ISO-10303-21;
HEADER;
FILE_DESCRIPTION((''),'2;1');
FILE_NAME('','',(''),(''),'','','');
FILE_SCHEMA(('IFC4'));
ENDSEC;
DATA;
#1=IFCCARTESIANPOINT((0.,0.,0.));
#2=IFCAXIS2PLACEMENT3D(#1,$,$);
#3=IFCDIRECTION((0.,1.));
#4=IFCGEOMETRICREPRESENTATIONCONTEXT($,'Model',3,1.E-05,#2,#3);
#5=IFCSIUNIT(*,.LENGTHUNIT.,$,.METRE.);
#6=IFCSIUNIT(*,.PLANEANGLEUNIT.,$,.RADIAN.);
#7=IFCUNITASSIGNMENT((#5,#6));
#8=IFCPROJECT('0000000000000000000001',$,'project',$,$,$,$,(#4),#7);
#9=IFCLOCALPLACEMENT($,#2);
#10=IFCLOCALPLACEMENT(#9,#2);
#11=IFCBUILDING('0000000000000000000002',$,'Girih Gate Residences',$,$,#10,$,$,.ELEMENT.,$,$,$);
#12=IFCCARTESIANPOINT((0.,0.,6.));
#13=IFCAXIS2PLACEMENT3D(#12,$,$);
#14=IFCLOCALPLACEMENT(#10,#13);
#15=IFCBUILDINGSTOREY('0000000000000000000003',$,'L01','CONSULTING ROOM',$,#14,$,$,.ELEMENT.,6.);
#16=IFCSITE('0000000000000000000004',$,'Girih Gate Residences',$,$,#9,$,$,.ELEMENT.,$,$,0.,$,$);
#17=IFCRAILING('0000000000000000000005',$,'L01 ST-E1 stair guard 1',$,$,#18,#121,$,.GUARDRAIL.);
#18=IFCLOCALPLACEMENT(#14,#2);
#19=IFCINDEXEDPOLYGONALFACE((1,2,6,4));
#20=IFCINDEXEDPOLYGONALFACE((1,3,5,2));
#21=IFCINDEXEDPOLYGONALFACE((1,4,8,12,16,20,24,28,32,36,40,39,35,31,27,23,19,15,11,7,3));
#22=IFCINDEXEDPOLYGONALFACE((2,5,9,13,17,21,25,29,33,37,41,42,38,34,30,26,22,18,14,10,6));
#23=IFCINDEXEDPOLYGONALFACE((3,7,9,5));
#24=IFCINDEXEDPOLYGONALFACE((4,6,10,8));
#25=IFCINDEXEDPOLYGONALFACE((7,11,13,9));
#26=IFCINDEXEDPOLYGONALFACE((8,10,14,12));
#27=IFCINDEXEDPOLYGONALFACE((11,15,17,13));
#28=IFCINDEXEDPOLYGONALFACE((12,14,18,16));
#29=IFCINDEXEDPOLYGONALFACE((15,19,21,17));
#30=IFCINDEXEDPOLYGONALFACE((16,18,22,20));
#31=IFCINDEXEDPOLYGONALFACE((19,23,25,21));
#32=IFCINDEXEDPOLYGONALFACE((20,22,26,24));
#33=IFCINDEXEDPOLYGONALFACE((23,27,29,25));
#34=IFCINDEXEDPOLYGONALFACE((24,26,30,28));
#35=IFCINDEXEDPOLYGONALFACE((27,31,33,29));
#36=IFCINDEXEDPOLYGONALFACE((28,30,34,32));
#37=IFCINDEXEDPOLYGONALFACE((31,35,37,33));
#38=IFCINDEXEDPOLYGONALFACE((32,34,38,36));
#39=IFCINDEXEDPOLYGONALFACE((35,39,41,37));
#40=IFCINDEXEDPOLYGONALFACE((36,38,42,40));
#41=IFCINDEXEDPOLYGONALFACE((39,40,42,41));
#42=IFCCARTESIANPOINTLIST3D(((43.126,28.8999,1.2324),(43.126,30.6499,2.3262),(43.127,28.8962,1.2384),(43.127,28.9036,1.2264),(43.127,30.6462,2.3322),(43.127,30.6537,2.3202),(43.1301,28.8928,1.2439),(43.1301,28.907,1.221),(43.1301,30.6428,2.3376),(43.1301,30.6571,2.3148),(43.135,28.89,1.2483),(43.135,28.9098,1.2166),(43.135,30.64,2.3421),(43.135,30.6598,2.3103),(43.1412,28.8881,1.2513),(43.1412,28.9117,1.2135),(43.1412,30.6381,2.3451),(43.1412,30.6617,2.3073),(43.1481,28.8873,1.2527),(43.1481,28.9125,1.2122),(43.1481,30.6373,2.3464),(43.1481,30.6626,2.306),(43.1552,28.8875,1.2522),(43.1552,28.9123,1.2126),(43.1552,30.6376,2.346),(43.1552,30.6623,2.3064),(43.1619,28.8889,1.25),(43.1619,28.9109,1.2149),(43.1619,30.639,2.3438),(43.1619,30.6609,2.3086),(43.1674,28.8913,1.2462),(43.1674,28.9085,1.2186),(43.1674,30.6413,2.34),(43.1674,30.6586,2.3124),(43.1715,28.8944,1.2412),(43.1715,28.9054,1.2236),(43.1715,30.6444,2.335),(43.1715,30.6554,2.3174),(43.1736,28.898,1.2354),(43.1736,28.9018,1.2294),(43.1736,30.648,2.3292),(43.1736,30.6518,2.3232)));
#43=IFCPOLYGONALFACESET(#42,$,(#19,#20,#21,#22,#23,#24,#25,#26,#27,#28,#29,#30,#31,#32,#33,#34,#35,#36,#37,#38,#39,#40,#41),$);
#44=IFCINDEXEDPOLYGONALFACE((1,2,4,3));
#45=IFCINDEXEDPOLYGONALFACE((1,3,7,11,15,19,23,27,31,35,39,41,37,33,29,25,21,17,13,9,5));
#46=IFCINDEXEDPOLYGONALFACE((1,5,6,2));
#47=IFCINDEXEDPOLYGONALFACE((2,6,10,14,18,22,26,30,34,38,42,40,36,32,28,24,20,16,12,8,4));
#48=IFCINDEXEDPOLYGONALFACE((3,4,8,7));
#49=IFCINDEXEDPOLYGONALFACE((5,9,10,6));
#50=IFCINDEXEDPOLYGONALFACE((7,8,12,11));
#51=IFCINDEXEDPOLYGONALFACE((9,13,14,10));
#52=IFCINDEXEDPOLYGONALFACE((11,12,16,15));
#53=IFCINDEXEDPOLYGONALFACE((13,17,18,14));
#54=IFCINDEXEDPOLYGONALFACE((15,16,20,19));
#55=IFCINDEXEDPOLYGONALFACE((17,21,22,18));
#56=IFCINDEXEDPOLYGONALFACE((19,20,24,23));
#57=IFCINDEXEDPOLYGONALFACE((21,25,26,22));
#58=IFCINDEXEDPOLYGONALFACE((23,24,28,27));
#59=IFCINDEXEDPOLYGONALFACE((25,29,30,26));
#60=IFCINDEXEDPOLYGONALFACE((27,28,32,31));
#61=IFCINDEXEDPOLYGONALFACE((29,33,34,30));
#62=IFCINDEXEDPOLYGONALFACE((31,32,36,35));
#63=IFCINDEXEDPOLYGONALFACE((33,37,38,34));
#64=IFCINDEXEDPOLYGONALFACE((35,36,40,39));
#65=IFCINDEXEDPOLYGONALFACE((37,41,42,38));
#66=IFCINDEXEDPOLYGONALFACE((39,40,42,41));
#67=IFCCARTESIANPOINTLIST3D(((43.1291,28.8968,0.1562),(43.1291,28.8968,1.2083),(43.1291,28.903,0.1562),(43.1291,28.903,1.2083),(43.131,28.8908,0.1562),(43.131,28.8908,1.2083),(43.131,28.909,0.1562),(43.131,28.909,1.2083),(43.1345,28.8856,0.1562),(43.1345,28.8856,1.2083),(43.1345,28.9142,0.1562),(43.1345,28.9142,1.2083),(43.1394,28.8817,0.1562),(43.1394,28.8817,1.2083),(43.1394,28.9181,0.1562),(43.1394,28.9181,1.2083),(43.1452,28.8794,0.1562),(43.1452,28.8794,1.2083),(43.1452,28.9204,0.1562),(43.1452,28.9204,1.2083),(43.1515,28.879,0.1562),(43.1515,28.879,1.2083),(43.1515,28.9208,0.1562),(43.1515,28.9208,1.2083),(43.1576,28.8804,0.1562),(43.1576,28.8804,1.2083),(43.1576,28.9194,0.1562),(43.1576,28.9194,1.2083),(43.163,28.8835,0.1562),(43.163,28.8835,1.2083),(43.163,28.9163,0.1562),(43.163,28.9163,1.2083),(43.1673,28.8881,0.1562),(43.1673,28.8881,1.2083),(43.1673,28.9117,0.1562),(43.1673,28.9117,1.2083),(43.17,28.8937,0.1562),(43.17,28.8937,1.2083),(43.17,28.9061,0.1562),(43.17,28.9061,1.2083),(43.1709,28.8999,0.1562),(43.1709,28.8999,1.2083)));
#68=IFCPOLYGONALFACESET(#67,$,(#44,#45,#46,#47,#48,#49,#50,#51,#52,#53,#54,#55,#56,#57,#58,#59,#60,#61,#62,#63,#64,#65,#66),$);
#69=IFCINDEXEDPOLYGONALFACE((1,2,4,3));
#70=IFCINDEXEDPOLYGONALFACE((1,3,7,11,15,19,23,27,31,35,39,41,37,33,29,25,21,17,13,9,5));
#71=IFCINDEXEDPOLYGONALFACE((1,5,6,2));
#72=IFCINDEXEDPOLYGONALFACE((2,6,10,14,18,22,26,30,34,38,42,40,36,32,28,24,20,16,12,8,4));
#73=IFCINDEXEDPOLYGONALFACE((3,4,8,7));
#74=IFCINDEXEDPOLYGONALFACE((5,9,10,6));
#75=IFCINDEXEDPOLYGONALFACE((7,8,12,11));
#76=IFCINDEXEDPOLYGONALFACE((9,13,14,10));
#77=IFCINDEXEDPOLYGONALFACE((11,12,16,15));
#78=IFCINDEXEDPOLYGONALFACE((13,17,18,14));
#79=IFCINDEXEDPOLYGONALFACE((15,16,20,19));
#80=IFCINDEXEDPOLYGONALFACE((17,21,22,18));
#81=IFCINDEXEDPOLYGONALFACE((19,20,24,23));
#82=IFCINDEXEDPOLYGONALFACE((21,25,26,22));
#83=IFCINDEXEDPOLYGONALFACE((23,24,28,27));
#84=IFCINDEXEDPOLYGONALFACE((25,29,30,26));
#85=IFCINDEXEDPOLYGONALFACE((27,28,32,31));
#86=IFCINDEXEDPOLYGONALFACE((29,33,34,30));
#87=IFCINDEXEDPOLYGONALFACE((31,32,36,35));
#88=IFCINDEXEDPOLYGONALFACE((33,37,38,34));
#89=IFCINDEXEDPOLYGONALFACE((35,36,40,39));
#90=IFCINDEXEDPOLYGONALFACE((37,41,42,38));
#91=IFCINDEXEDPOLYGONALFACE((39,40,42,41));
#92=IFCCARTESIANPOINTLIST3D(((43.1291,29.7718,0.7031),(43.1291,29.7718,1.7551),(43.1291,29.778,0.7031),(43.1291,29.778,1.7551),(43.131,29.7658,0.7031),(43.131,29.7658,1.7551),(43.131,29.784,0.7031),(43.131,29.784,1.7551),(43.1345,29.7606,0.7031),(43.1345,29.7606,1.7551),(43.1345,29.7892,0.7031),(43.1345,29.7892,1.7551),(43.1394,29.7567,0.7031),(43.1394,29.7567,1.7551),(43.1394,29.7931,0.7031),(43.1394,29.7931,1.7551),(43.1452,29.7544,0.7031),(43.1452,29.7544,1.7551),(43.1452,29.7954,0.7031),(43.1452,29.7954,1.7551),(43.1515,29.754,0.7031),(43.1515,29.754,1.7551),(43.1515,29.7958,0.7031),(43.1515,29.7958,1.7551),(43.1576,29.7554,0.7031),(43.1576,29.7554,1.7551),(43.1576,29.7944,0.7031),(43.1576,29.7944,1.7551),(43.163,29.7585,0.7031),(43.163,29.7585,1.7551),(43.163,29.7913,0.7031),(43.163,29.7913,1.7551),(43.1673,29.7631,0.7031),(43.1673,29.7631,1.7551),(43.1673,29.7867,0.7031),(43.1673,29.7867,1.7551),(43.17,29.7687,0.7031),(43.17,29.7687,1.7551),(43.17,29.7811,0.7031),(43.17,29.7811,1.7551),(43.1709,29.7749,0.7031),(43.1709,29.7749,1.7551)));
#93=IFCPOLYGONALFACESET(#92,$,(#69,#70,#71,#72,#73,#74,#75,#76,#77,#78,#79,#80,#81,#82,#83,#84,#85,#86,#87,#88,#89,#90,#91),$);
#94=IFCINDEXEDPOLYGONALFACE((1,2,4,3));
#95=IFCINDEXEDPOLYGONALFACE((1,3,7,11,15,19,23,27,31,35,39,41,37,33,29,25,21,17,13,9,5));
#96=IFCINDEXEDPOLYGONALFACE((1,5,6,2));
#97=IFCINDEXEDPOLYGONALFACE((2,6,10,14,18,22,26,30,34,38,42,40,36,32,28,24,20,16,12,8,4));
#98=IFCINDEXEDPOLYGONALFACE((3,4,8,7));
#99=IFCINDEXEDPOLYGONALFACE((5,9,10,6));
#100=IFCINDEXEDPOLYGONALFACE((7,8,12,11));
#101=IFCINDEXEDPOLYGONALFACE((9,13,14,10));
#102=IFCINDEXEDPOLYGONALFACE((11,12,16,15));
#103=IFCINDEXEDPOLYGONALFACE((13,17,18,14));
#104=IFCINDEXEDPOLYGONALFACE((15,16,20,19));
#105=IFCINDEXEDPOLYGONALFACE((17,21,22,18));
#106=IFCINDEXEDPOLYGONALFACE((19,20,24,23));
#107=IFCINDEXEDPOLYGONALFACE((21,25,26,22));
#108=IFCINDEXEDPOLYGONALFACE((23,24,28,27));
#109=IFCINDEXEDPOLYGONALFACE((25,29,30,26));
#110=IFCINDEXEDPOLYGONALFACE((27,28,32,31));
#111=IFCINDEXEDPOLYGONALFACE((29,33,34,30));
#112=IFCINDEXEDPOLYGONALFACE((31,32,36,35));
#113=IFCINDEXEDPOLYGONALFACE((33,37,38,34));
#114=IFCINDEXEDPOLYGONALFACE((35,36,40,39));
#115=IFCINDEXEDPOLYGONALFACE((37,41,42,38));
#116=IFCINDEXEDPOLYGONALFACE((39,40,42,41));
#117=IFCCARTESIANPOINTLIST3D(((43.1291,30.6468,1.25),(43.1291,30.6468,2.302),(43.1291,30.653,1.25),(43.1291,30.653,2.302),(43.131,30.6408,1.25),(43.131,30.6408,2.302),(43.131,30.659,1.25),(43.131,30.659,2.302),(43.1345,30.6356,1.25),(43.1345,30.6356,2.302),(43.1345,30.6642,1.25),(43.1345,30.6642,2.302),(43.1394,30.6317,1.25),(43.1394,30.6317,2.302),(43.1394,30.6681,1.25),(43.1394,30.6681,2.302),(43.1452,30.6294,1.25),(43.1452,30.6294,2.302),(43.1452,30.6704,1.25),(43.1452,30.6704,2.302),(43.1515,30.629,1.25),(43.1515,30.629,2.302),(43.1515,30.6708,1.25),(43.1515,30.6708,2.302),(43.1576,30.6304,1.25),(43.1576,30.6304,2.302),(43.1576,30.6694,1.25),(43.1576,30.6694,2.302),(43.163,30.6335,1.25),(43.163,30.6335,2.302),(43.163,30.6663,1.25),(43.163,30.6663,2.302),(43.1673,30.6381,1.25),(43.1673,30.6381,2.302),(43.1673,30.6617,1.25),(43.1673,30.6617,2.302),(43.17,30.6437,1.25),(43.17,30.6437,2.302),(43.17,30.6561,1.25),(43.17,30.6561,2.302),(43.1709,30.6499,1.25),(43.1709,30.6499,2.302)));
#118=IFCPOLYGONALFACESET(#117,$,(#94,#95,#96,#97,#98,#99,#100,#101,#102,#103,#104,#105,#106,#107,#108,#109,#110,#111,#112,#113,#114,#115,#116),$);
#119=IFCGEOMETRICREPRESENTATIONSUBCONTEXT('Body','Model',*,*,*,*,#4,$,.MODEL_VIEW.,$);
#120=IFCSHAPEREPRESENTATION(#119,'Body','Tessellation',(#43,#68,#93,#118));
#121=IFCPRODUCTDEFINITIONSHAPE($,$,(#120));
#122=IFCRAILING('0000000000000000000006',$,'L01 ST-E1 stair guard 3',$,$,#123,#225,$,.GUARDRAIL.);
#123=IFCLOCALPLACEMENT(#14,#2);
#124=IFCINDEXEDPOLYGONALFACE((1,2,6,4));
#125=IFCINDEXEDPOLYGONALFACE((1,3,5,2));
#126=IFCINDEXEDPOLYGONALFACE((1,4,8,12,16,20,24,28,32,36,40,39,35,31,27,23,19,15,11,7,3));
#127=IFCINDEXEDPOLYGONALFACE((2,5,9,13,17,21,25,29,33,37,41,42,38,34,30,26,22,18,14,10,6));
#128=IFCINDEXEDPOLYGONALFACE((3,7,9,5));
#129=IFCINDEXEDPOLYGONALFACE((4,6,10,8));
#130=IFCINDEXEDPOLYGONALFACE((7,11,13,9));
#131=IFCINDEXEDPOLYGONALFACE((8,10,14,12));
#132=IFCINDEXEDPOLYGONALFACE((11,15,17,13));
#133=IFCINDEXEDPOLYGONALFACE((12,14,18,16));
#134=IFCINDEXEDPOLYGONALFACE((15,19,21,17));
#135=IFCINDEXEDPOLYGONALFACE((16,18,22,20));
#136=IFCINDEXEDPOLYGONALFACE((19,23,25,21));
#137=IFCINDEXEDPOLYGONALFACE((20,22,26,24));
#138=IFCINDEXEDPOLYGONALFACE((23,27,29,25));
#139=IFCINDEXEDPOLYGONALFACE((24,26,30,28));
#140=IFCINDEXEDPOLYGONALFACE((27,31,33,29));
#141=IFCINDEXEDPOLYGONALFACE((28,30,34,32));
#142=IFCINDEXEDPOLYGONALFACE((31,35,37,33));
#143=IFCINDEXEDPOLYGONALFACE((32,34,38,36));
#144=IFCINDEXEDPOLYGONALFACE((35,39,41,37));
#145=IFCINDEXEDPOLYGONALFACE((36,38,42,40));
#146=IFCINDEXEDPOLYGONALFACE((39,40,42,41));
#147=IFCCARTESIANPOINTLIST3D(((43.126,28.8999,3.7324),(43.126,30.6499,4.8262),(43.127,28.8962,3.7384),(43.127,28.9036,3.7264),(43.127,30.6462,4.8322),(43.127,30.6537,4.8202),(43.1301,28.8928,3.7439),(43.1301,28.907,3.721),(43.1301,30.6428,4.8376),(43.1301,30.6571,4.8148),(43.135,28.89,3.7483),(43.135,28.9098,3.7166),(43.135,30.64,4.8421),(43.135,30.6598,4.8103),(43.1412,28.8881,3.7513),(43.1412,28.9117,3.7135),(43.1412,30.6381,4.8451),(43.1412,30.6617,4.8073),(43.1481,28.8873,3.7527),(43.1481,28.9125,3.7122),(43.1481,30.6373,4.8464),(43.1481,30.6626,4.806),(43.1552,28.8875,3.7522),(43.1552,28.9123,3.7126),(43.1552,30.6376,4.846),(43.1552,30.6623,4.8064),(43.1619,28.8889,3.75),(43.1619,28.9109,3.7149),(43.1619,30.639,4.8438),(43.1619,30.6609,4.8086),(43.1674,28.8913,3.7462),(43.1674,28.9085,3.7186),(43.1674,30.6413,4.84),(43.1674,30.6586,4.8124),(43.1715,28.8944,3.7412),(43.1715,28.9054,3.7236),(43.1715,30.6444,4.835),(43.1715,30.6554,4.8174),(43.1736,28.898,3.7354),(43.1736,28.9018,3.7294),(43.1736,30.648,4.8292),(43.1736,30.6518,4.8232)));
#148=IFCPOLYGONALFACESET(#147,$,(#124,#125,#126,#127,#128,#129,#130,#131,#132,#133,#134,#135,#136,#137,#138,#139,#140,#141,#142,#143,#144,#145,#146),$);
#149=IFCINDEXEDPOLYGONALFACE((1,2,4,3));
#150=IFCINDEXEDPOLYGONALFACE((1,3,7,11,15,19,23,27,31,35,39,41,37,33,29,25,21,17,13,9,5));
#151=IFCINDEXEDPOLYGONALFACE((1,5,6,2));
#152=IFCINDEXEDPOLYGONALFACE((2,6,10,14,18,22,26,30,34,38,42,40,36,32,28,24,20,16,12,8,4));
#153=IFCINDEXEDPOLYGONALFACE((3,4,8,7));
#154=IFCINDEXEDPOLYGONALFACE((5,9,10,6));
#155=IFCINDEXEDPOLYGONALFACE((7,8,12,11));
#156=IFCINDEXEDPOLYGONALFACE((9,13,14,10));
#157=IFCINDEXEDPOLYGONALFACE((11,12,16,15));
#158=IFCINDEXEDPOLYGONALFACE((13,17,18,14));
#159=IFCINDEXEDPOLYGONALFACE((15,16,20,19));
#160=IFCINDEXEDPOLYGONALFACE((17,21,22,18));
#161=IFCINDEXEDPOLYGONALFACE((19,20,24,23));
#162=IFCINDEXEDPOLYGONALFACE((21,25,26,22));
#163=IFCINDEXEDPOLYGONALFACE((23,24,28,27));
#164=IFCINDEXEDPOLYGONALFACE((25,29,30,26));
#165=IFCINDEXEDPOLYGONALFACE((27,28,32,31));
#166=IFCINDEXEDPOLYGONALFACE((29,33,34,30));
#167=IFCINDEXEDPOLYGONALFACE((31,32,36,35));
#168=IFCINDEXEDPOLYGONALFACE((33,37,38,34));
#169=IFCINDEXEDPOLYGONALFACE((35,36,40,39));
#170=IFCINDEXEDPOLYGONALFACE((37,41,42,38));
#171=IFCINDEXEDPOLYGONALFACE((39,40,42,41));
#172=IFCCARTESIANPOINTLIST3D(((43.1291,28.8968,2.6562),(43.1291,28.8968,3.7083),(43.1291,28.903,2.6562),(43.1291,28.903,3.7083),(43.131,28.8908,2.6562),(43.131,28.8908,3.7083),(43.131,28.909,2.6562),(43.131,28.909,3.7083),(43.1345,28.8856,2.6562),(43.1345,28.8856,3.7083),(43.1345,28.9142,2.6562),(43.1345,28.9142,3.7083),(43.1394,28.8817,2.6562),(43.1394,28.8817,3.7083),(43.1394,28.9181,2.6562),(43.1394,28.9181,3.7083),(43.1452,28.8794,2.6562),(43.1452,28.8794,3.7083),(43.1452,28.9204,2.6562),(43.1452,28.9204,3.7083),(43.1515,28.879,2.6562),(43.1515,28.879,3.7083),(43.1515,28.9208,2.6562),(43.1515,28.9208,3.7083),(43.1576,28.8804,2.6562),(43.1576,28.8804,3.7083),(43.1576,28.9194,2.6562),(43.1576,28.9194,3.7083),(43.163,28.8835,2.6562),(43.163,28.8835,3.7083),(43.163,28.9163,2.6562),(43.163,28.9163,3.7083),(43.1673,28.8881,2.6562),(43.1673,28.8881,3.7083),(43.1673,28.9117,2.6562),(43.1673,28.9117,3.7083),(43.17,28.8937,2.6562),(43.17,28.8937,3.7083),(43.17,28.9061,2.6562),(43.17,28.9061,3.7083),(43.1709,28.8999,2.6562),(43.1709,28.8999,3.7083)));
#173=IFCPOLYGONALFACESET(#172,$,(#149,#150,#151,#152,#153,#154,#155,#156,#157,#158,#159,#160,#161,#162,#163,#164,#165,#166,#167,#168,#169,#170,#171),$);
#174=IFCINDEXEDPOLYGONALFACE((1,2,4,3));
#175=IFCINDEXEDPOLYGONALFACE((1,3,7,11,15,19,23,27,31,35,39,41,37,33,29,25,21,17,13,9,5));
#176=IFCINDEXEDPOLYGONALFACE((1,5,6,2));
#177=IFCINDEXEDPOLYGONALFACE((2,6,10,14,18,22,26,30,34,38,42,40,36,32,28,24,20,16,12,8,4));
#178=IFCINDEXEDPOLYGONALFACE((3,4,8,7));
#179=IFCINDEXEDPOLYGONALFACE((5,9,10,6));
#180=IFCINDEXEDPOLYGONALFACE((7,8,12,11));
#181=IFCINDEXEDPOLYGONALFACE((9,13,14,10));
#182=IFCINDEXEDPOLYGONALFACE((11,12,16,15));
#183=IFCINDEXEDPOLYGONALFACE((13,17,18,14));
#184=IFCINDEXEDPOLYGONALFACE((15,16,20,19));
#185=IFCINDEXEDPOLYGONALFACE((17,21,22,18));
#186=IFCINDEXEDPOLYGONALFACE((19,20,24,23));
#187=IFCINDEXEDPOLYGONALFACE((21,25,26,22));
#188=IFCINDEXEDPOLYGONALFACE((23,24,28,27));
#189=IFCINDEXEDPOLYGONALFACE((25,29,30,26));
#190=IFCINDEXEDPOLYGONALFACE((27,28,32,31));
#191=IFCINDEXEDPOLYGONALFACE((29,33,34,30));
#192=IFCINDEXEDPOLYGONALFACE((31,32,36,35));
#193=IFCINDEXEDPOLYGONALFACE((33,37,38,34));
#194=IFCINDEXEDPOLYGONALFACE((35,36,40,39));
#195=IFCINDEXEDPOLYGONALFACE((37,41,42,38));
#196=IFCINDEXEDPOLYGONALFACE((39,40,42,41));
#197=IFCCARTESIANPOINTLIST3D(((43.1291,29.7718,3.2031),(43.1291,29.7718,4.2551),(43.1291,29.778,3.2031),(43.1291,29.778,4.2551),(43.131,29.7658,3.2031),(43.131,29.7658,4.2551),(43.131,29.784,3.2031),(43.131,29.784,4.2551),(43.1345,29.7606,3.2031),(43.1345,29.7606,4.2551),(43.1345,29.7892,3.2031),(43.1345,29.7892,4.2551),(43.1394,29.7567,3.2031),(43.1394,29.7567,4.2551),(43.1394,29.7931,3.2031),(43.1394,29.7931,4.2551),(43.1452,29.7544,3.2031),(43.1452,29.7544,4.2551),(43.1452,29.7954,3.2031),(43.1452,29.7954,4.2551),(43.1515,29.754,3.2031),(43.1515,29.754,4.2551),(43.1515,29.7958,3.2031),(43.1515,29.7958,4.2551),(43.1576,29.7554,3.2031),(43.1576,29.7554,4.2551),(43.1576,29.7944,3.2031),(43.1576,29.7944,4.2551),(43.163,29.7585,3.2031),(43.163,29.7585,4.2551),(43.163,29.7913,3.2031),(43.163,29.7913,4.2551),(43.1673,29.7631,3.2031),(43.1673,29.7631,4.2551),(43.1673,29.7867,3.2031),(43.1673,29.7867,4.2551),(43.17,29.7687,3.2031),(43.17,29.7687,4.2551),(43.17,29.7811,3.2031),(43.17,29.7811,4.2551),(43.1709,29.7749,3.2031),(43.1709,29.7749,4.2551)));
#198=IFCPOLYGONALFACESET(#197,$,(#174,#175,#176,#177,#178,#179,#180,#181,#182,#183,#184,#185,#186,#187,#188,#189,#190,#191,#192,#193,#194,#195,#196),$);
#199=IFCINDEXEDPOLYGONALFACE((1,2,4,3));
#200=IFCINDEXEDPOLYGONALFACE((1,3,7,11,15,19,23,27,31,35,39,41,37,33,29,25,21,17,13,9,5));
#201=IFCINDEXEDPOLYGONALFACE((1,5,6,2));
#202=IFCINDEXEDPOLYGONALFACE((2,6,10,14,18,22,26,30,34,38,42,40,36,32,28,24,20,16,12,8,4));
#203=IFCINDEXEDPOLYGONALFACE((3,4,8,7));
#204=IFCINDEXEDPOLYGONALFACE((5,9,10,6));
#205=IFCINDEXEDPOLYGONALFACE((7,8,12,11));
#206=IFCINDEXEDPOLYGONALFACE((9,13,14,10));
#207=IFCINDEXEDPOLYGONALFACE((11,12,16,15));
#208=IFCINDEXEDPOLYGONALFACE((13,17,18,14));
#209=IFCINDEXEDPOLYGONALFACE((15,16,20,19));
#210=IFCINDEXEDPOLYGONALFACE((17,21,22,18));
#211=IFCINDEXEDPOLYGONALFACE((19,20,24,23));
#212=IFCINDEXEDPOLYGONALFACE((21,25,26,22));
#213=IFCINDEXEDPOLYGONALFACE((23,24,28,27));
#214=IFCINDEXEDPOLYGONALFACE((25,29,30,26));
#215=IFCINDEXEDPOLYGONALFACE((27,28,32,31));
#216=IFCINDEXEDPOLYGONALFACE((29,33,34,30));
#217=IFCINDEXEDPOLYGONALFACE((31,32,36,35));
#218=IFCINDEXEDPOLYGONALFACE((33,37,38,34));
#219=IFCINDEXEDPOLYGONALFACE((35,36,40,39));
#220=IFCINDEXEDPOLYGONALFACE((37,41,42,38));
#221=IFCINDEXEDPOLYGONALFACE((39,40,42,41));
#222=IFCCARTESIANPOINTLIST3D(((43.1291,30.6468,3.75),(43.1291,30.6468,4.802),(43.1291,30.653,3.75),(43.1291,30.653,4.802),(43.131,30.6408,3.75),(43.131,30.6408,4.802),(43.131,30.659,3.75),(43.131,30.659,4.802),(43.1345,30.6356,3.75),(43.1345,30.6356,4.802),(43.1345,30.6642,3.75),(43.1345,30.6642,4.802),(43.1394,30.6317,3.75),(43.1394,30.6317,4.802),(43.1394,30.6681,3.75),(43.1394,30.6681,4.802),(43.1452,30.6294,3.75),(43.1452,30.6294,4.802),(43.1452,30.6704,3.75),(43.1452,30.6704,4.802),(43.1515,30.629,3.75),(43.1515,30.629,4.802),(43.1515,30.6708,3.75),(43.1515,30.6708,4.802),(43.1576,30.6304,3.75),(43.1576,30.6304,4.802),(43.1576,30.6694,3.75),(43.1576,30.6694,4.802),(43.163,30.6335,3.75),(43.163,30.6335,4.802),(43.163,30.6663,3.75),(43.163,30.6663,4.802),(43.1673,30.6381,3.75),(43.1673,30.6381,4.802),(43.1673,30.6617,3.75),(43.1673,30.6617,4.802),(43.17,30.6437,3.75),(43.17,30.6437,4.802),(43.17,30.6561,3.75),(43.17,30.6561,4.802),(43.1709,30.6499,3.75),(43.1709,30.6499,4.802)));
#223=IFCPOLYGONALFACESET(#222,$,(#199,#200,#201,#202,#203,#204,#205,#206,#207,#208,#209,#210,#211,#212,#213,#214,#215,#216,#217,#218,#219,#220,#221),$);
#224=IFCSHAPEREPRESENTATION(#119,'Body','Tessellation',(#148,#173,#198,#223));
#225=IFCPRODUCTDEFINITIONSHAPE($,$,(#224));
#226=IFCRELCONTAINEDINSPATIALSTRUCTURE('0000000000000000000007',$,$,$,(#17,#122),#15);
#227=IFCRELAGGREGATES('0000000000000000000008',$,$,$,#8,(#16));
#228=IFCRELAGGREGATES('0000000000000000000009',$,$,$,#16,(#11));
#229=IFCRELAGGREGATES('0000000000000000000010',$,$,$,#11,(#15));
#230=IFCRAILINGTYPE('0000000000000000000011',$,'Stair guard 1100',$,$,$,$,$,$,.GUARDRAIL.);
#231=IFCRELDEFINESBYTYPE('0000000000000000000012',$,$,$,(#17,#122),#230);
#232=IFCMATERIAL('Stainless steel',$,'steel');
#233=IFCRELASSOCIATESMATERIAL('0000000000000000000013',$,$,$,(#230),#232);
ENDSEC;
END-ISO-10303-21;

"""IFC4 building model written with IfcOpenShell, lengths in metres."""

from ifc_helpers import new_model, si_unit, direction, frame, origin, origin_2d, place, context, subcontext, project, spatial, circle, extrude, material, type_object, element, save


model = new_model("IFC4")

# Units and contexts
model_context = context("Model", 3, precision=1e-05, world=origin(), true_north=direction((0.0, 1.0)))
body_context = subcontext(model_context, "Body", "Model", "MODEL_VIEW")
ifc_project = project(units=[si_unit("LENGTHUNIT", "METRE"), si_unit("PLANEANGLEUNIT", "RADIAN")], contexts=[model_context])

# Site, building, storey
site_placement = place(None, origin())
site = spatial("IfcSite", under=ifc_project, at=site_placement, Name="Girih Gate Residences", CompositionType="ELEMENT", RefElevation=0.0)
building_placement = place(site_placement, origin())
building = spatial("IfcBuilding", under=site, at=building_placement, Name="Girih Gate Residences", CompositionType="ELEMENT")
storey_placement = place(building_placement, frame((0.0, 0.0, 6.0)))
storey = spatial("IfcBuildingStorey", under=building, at=storey_placement, Name="L01", Description="CONSULTING ROOM", CompositionType="ELEMENT", Elevation=6.0)

# Railings
ifc_material_1 = material(Name="Stainless steel", Category="steel")
railing_type_1 = type_object("IfcRailingType", Name="Stair guard 1100", PredefinedType="GUARDRAIL", material=ifc_material_1)
for number, where, name in (
    (1, (43.1499, 28.8999, 0.1562), "L01 ST-E1 stair guard 1"),
    (2, (43.1499, 28.8999, 2.6562), "L01 ST-E1 stair guard 3"),
):
    element("IfcRailing", number, at=place(storey_placement, frame(where)), inside=storey, type_object=railing_type_1, Name=name, PredefinedType="GUARDRAIL", context=body_context, shape_type="SweptSolid", body=[
        extrude(circle(Radius=0.0239, at=origin_2d()), frame((0.0, 0.0, 1.0762), z_axis=(0.0, 0.847998, 0.529999), x_axis=(-1.0, 0.0, 0.0)), (0.0, 0.0, 1.0), 2.0637),
        extrude(circle(Radius=0.021, at=origin_2d()), origin(), (0.0, 0.0, 1.0), 1.052),
        extrude(circle(Radius=0.021, at=origin_2d()), frame((0.0, 0.875, 0.5469)), (0.0, 0.0, 1.0), 1.052),
        extrude(circle(Radius=0.021, at=origin_2d()), frame((0.0, 1.75, 1.0938)), (0.0, 0.0, 1.0), 1.052),
    ])

save(model, "model.ifc")
